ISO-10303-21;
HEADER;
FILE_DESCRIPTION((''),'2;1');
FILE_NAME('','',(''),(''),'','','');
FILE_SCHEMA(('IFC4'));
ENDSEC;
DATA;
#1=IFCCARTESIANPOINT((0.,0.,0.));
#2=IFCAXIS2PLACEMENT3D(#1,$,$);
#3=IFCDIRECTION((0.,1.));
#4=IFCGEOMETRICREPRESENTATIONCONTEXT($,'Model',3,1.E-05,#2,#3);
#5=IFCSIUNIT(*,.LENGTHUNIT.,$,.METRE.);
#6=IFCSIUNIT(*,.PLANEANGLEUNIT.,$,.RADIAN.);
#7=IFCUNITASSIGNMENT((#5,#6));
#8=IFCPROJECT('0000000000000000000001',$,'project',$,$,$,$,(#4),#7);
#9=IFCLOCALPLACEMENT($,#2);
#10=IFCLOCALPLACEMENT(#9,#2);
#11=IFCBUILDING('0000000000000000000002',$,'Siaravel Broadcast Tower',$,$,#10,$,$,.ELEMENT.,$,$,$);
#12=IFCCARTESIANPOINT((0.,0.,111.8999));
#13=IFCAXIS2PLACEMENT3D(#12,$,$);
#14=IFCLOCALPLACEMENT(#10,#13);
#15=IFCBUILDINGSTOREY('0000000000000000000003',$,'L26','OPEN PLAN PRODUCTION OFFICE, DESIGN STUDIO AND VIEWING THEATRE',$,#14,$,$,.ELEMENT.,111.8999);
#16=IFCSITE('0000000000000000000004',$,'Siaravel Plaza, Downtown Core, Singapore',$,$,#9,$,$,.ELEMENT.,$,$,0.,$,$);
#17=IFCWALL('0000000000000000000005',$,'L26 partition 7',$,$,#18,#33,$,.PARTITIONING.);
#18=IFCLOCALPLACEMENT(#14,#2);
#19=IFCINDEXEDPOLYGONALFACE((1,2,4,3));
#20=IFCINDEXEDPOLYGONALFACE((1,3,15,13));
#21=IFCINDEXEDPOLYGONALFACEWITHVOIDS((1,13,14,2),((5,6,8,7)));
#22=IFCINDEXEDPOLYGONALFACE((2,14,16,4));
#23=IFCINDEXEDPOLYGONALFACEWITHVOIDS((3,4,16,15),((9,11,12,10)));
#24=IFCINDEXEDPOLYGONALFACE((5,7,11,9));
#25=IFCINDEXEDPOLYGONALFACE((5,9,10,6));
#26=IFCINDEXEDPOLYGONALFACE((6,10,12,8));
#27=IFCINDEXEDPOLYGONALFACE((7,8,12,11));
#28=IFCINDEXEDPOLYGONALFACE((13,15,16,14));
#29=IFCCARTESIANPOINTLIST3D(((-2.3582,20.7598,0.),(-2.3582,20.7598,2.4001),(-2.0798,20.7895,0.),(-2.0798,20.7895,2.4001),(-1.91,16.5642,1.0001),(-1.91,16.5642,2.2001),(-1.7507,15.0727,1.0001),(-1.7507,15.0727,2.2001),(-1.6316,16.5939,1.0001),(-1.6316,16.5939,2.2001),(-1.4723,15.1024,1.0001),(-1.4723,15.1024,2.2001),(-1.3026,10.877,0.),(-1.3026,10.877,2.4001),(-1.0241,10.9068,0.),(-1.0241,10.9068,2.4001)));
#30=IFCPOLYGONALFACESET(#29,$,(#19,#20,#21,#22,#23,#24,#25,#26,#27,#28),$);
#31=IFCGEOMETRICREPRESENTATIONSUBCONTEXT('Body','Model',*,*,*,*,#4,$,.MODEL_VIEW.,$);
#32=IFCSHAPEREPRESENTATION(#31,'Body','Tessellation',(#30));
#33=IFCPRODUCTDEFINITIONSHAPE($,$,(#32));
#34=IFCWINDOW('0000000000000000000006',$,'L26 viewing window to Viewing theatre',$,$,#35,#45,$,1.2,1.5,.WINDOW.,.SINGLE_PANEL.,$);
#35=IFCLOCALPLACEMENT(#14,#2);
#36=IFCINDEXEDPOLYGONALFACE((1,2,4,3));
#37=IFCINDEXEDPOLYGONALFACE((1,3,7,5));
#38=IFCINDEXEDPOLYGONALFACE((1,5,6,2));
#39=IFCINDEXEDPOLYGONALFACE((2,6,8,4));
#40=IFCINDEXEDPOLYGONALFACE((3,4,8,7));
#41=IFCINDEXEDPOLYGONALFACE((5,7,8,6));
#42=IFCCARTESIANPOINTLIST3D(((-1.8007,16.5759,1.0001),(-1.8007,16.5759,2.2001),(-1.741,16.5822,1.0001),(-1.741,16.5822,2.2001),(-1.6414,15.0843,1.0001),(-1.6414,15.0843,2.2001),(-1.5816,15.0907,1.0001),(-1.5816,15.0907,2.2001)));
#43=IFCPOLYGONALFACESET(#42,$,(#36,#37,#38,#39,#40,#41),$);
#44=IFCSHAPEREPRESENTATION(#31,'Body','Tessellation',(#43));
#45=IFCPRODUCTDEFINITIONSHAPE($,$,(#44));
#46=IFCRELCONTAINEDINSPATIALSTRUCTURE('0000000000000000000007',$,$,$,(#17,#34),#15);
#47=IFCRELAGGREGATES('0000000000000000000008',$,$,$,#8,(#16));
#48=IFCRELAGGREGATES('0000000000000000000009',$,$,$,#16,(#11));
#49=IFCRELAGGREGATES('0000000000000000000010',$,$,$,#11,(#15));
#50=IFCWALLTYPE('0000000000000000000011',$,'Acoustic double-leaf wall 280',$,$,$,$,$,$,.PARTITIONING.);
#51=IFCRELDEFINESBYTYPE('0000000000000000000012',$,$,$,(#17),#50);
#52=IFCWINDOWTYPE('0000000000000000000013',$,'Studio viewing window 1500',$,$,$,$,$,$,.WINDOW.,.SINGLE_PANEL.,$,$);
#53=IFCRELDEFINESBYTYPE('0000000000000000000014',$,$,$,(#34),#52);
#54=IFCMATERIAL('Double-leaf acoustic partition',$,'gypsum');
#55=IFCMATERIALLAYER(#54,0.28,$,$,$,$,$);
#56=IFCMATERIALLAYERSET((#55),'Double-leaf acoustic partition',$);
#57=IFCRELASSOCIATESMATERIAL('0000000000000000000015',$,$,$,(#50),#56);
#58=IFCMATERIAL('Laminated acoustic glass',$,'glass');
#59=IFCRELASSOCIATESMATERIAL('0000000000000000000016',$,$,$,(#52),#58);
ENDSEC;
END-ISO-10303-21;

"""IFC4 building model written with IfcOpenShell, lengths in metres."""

from ifc_helpers import new_model, si_unit, direction, frame, frame_2d, origin, place, context, subcontext, project, spatial, rectangle, extrude, material, layer, layer_set, type_object, element, fill, save


model = new_model("IFC4")

# Units and contexts
model_context = context("Model", 3, precision=1e-05, world=origin(), true_north=direction((0.0, 1.0)))
body_context = subcontext(model_context, "Body", "Model", "MODEL_VIEW")
ifc_project = project(units=[si_unit("LENGTHUNIT", "METRE"), si_unit("PLANEANGLEUNIT", "RADIAN")], contexts=[model_context])

# Site, building, storey
site_placement = place(None, origin())
site = spatial("IfcSite", under=ifc_project, at=site_placement, Name="Siaravel Plaza, Downtown Core, Singapore", CompositionType="ELEMENT", RefElevation=0.0)
building_placement = place(site_placement, origin())
building = spatial("IfcBuilding", under=site, at=building_placement, Name="Siaravel Broadcast Tower", CompositionType="ELEMENT")
storey_placement = place(building_placement, frame((0.0, 0.0, 111.8999)))
storey = spatial("IfcBuildingStorey", under=building, at=storey_placement, Name="L26", Description="OPEN PLAN PRODUCTION OFFICE, DESIGN STUDIO AND VIEWING THEATRE", CompositionType="ELEMENT", Elevation=111.8999)

# Wall, opening, window
ifc_material_1 = material(Name="Double-leaf acoustic partition", Category="gypsum")
ifc_layer_1 = layer(ifc_material_1, 0.28)
ifc_layer_set_1 = layer_set([ifc_layer_1], Name="Double-leaf acoustic partition")
wall_type = type_object("IfcWallType", Name="Acoustic double-leaf wall 280", PredefinedType="PARTITIONING", material=ifc_layer_set_1)
wall_placement = place(storey_placement, frame((-2.219, 20.7747, 0.0), z_axis=(0.0, 0.0, 1.0), x_axis=(0.106214, -0.994343, 0.0)))
wall = element("IfcWall", 1, at=wall_placement, inside=storey, type_object=wall_type, Name="L26 partition 7", PredefinedType="PARTITIONING", context=body_context, shape_type="SweptSolid", body=[
    extrude(rectangle(XDim=9.939, YDim=0.28, at=frame_2d((4.9695, 0.0))), origin(), (0.0, 0.0, 1.0), 2.4001),
])
opening_placement = place(wall_placement, frame((4.2195, 0.0, 1.0)))
opening = element("IfcOpeningElement", 2, at=opening_placement, cuts=wall, PredefinedType="OPENING", context=body_context, shape_type="SweptSolid", body=[
    extrude(rectangle(XDim=1.5, YDim=1.2, at=frame_2d((0.75, 0.6001))), frame((0.0, 0.1499, 0.0), z_axis=(0.0, -1.0, 0.0), x_axis=(1.0, 0.0, 0.0)), (0.0, 0.0, 1.0), 0.3),
])
ifc_material_2 = material(Name="Laminated acoustic glass", Category="glass")
window_type = type_object("IfcWindowType", Name="Studio viewing window 1500", PartitioningType="SINGLE_PANEL", PredefinedType="WINDOW", material=ifc_material_2)
window_placement = place(opening_placement, origin())
window = element("IfcWindow", 3, at=window_placement, inside=storey, type_object=window_type, Name="L26 viewing window to Viewing theatre", OverallHeight=1.2, OverallWidth=1.5, PartitioningType="SINGLE_PANEL", PredefinedType="WINDOW", context=body_context, shape_type="SweptSolid", body=[
    extrude(rectangle(XDim=1.5, YDim=1.2, at=frame_2d((0.75, 0.6001))), frame((0.0, 0.03, 0.0), z_axis=(0.0, -1.0, 0.0), x_axis=(1.0, 0.0, 0.0)), (0.0, 0.0, 1.0), 0.0601),
])
fill(opening, window)

save(model, "model.ifc")
